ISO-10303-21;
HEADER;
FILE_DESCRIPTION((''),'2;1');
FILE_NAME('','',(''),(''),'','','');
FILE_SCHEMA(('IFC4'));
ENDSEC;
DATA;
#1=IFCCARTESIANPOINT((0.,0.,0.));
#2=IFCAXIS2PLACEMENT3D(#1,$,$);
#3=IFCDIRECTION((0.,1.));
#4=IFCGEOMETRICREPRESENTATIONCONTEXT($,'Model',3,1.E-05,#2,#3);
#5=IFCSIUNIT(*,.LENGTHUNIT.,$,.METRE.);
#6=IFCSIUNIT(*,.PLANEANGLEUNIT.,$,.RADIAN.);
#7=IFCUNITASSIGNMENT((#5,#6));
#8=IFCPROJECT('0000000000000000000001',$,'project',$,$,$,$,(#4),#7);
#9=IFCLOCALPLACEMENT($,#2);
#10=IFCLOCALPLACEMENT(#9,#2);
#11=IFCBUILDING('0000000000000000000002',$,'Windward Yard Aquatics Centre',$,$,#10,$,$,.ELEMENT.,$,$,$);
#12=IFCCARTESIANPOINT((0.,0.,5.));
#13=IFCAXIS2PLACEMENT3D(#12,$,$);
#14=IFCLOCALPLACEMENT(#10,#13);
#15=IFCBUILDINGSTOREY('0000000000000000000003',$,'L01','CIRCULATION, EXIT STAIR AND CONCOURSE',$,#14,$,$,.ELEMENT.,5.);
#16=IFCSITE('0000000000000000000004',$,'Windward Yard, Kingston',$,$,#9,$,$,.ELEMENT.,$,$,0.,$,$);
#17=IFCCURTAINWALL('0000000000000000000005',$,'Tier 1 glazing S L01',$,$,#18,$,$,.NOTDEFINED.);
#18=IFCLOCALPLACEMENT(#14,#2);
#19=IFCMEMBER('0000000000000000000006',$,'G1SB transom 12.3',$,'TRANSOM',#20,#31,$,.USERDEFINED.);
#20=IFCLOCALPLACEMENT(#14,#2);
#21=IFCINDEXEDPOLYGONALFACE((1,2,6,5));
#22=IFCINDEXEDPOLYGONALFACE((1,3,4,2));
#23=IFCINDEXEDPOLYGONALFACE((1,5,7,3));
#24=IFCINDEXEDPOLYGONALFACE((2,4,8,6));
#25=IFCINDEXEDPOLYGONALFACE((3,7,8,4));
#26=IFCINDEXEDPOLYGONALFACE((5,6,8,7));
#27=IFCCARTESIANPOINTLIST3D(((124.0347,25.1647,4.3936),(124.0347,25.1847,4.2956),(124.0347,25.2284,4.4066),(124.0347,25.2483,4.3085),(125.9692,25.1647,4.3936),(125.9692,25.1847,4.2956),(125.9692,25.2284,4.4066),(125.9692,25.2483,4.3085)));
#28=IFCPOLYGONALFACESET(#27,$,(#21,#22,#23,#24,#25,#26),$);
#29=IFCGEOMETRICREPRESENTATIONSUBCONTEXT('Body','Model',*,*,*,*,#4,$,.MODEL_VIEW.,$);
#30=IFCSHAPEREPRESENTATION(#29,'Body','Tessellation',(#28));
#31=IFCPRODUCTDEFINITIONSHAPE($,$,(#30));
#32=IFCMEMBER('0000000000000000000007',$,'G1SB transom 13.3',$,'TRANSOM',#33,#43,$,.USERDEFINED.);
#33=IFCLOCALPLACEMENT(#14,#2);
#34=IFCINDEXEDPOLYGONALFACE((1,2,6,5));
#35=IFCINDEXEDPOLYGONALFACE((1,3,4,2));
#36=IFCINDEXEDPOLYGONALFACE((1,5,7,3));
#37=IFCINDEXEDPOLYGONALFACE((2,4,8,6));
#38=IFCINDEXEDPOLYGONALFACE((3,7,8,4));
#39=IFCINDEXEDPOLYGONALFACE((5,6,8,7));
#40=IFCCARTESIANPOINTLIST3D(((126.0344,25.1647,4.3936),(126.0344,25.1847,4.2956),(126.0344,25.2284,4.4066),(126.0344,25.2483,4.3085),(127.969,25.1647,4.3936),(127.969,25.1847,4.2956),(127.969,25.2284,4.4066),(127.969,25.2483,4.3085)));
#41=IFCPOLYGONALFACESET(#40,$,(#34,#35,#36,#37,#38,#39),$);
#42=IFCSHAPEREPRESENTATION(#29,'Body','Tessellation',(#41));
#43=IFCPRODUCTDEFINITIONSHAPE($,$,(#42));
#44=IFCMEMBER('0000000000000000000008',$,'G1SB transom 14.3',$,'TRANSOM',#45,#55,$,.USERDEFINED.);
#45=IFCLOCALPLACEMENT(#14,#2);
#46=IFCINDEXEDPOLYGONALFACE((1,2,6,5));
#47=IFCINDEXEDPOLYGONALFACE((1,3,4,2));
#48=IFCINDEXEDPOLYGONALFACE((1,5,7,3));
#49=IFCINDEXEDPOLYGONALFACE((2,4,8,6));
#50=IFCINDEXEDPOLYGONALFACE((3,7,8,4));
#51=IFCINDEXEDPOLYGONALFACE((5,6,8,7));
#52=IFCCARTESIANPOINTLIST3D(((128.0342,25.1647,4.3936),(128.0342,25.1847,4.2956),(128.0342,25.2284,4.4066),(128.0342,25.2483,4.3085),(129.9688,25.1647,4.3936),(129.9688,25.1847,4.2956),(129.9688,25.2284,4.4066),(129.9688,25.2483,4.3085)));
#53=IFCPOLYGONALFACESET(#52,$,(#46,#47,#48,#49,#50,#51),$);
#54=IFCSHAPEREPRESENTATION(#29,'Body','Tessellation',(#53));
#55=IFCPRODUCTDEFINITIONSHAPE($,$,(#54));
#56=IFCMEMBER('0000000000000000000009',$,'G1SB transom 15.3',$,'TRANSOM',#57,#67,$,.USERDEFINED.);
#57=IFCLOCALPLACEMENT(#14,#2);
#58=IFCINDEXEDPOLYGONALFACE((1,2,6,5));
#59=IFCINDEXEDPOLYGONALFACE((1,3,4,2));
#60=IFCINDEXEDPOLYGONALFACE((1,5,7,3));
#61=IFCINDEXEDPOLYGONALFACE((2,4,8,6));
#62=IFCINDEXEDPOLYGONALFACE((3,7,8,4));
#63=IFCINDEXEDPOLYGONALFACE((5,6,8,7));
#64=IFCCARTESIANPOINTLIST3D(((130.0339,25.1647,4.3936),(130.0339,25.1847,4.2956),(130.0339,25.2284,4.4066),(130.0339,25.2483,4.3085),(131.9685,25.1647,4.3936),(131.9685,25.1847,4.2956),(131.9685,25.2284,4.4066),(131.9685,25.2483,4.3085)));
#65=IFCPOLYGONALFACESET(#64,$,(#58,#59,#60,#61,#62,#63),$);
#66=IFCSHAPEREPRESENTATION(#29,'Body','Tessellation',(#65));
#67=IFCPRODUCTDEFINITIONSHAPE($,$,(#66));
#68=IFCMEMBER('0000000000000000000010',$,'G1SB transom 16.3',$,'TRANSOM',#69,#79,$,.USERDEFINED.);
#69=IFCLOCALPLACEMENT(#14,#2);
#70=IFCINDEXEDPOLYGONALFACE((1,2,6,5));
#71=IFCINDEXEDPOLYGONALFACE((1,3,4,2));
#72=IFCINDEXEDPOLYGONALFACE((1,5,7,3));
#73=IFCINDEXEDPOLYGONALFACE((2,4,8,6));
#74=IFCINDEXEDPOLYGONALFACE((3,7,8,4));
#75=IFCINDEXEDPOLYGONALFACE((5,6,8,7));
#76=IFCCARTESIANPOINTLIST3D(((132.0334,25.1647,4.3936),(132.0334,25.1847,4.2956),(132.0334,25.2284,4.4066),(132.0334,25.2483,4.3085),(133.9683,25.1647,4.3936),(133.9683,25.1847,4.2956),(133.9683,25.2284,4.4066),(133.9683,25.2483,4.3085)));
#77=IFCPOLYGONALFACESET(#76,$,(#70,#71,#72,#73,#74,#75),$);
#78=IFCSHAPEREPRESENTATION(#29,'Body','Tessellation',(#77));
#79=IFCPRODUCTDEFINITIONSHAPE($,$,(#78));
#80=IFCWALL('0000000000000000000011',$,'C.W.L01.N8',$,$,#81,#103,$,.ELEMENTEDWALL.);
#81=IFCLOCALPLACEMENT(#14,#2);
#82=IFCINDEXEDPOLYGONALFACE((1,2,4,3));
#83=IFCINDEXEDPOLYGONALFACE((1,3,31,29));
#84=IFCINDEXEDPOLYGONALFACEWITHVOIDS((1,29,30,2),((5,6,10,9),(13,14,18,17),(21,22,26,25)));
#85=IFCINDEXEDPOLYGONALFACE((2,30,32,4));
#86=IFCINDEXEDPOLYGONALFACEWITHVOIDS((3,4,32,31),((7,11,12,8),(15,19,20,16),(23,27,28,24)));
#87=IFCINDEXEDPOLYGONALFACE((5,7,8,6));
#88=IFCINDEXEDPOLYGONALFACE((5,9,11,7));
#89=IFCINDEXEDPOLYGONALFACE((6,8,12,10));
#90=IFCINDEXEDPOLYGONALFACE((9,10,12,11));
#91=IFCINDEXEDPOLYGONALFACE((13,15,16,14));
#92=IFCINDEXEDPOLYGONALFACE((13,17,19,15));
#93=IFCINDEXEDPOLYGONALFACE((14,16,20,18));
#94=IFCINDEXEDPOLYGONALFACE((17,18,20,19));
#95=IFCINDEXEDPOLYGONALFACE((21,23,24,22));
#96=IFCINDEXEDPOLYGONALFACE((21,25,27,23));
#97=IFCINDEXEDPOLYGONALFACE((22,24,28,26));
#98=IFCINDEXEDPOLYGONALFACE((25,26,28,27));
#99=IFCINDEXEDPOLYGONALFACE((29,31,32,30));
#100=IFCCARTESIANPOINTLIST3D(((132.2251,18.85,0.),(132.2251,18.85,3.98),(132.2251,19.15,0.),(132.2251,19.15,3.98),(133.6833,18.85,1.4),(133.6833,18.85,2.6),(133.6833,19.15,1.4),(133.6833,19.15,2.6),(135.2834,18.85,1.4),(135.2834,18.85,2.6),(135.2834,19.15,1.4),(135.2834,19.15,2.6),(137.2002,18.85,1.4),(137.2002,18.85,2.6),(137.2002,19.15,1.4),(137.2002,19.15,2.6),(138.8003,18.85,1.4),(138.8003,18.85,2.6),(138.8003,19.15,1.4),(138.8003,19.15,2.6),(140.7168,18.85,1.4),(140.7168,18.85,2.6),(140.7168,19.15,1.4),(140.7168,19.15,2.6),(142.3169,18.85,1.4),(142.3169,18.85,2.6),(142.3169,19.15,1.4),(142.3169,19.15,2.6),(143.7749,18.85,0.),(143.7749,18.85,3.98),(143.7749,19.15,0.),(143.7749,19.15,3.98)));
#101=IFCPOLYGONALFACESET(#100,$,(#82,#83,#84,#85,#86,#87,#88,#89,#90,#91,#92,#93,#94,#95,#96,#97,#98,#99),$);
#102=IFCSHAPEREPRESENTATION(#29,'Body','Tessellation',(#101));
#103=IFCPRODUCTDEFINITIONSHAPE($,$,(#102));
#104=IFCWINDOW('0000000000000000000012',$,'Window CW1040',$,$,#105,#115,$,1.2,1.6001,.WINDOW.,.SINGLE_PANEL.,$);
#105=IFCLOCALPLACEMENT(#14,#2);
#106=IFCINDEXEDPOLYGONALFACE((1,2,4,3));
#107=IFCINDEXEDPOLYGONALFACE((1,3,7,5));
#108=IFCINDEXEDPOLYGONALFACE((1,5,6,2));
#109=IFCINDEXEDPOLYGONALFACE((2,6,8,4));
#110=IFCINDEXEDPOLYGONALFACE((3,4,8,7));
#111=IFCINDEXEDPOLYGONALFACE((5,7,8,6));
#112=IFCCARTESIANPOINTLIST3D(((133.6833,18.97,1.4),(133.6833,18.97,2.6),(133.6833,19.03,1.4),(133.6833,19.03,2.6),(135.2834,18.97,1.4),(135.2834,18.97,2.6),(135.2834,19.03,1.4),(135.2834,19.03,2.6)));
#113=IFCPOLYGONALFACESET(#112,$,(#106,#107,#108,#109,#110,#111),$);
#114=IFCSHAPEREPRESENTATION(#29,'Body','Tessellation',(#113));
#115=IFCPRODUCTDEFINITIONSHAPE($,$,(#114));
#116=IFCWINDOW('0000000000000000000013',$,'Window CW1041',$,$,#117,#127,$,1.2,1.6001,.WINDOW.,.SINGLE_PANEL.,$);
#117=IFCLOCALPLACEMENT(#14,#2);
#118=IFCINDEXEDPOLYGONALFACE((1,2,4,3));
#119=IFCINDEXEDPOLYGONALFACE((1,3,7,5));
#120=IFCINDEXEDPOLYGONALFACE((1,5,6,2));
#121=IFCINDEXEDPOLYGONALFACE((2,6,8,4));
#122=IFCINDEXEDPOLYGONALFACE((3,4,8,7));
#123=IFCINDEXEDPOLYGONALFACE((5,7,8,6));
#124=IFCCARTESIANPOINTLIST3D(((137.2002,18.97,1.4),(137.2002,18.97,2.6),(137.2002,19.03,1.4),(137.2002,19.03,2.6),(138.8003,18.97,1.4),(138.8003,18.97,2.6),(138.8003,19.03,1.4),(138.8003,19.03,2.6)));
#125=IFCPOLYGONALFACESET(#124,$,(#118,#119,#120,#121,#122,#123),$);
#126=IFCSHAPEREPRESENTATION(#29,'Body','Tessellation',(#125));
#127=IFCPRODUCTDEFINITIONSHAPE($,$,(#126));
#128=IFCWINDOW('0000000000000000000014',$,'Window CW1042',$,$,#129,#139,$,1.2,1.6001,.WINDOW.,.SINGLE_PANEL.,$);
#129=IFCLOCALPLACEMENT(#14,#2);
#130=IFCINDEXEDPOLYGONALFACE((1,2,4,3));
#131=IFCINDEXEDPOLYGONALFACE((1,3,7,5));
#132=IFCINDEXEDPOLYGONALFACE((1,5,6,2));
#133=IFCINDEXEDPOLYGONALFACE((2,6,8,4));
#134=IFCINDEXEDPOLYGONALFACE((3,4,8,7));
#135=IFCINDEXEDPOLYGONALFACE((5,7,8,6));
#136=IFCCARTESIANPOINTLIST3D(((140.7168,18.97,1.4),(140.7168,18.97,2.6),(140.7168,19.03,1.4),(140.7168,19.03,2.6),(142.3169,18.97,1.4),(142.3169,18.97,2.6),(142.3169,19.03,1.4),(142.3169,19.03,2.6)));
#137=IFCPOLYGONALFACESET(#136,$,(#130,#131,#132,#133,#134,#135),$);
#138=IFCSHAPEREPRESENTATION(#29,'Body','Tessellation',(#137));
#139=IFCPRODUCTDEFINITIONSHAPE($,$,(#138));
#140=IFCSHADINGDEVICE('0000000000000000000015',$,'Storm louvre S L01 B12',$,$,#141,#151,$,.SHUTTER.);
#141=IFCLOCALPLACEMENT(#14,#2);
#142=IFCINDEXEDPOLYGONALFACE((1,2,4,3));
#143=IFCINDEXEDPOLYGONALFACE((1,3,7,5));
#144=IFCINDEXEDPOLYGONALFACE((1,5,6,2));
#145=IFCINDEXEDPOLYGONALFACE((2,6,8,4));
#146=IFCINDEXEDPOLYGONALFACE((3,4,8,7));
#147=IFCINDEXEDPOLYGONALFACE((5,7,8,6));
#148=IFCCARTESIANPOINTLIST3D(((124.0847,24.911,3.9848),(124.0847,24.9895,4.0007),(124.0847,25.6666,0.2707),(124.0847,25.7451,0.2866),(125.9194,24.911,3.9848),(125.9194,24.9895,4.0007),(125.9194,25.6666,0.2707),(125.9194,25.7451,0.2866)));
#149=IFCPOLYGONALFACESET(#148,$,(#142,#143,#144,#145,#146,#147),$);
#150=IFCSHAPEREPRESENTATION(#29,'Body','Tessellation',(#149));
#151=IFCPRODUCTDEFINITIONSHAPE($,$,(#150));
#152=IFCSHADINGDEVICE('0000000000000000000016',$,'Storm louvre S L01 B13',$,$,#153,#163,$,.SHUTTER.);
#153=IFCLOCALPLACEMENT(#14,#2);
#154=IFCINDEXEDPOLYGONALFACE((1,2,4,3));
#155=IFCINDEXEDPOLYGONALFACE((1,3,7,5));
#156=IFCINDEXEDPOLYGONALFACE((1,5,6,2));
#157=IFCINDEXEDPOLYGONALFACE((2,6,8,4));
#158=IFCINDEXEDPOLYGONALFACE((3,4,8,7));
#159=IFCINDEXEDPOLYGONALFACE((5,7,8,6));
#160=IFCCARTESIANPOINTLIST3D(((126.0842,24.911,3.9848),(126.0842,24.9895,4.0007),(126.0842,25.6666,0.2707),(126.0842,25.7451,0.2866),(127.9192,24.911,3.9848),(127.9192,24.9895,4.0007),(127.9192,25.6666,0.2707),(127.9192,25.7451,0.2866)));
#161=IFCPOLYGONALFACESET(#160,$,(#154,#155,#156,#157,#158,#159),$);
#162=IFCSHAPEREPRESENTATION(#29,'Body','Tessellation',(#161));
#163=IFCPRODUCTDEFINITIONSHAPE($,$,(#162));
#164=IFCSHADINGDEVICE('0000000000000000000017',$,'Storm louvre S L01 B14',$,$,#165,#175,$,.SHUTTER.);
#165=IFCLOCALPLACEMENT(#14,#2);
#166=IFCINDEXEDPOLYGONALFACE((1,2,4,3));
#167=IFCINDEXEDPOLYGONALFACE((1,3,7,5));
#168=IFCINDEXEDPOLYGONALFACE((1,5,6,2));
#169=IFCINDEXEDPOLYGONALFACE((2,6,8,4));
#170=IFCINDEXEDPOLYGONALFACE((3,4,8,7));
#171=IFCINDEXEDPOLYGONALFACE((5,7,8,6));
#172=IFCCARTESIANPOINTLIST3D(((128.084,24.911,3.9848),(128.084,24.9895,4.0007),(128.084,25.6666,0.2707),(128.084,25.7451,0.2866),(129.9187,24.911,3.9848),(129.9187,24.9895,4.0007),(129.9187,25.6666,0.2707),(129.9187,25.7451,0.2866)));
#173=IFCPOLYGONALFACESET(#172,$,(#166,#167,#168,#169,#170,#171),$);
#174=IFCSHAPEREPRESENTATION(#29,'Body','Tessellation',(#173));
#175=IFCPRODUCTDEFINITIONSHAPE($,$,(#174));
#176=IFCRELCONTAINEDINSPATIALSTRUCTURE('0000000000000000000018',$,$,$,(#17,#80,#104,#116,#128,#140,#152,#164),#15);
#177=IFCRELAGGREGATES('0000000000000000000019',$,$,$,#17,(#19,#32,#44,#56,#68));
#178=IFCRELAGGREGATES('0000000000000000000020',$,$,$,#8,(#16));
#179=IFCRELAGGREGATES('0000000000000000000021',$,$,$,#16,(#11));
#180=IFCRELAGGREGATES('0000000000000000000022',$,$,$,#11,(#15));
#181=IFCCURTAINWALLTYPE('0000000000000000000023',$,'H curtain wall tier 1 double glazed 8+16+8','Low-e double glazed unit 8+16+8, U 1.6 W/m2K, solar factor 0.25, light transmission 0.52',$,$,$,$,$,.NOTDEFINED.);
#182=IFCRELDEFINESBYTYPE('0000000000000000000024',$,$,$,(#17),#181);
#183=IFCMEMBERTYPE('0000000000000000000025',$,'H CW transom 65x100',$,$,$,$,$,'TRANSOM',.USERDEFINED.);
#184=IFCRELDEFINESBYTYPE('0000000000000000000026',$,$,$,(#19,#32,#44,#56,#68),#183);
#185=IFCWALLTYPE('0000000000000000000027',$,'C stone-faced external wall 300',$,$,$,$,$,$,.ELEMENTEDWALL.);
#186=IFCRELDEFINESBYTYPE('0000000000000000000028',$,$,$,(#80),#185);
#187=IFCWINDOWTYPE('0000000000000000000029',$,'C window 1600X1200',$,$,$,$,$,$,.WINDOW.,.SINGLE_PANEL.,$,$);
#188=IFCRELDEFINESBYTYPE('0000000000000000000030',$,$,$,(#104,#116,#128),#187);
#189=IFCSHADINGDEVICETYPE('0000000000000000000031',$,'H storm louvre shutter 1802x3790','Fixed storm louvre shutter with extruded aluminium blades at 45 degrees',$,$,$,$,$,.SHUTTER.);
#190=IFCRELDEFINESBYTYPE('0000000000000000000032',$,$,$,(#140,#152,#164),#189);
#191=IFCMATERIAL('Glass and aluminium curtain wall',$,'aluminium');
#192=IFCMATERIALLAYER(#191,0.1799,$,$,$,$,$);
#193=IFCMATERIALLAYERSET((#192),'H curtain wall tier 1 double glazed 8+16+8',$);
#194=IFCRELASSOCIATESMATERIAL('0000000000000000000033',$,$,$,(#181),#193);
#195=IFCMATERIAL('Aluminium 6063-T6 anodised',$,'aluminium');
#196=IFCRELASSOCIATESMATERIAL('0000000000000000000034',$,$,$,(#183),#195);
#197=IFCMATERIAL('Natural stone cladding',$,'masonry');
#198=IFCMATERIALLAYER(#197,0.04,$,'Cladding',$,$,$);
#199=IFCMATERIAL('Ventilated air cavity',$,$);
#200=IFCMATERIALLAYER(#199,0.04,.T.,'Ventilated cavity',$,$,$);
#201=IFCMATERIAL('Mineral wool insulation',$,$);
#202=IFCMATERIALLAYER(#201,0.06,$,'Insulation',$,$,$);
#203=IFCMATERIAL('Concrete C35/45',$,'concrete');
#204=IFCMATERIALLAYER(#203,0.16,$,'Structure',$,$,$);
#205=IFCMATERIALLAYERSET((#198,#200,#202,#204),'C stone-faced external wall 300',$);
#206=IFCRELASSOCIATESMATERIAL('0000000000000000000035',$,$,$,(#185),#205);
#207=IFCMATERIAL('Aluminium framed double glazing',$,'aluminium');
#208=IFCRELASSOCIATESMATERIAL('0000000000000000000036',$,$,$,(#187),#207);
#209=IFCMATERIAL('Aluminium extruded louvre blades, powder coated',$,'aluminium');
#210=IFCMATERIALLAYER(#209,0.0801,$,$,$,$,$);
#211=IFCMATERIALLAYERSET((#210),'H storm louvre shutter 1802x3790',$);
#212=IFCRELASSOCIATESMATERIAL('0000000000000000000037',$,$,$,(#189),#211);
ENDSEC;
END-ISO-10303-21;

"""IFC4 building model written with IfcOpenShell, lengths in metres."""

from ifc_helpers import new_model, si_unit, direction, frame, frame_2d, origin, origin_2d, place, context, subcontext, project, spatial, polyline, rectangle, outline, extrude, material, layer, layer_set, material_profile, profile_set, type_object, element, fill, aggregate, save


model = new_model("IFC4")

# Units and contexts
model_context = context("Model", 3, precision=1e-05, world=origin(), true_north=direction((0.0, 1.0)))
body_context = subcontext(model_context, "Body", "Model", "MODEL_VIEW")
ifc_project = project(units=[si_unit("LENGTHUNIT", "METRE"), si_unit("PLANEANGLEUNIT", "RADIAN")], contexts=[model_context])

# Site, building, storey
site_placement = place(None, origin())
site = spatial("IfcSite", under=ifc_project, at=site_placement, Name="Windward Yard, Kingston", CompositionType="ELEMENT", RefElevation=0.0)
building_placement = place(site_placement, origin())
building = spatial("IfcBuilding", under=site, at=building_placement, Name="Windward Yard Aquatics Centre", CompositionType="ELEMENT")
storey_placement = place(building_placement, frame((0.0, 0.0, 5.0)))
storey = spatial("IfcBuildingStorey", under=building, at=storey_placement, Name="L01", Description="CIRCULATION, EXIT STAIR AND CONCOURSE", CompositionType="ELEMENT", Elevation=5.0)

# Curtain wall, members
ifc_material_1 = material(Name="Glass and aluminium curtain wall", Category="aluminium")
ifc_layer_1 = layer(ifc_material_1, 0.1799)
ifc_layer_set_1 = layer_set([ifc_layer_1], Name="H curtain wall tier 1 double glazed 8+16+8")
curtain_wall_type = type_object("IfcCurtainWallType", Name="H curtain wall tier 1 double glazed 8+16+8", Description="Low-e double glazed unit 8+16+8, U 1.6 W/m2K, solar factor 0.25, light transmission 0.52", PredefinedType="NOTDEFINED", material=ifc_layer_set_1)
curtain_wall_placement = place(storey_placement, origin())
curtain_wall = element("IfcCurtainWall", 1, at=curtain_wall_placement, inside=storey, type_object=curtain_wall_type, Name="Tier 1 glazing S L01", PredefinedType="NOTDEFINED")
ifc_material_2 = material(Name="Aluminium 6063-T6 anodised", Category="aluminium")
ifc_material_profile = material_profile(ifc_material_2, rectangle(XDim=0.0649, YDim=0.1001, at=origin_2d()), Name="H CW transom 65x100")
ifc_profile_set = profile_set([ifc_material_profile], Name="Aluminium 6063-T6 anodised")
member_type = type_object("IfcMemberType", Name="H CW transom 65x100", ElementType="TRANSOM", PredefinedType="USERDEFINED", material=ifc_profile_set)
member_1_placement = place(storey_placement, frame((124.0347, 25.2065, 4.3511), z_axis=(1.0, 0.0, 0.0), x_axis=(0.0, 0.979925, 0.199368)))
member_1 = element("IfcMember", 2, at=member_1_placement, type_object=member_type, Name="G1SB transom 12.3", ObjectType="TRANSOM", PredefinedType="USERDEFINED", context=body_context, shape_type="SweptSolid", body=[
    extrude(rectangle(XDim=0.0649, YDim=0.1001, at=origin_2d()), origin(), (0.0, 0.0, 1.0), 1.9346),
])
member_2_placement = place(storey_placement, frame((126.0344, 25.2065, 4.3511), z_axis=(1.0, 0.0, 0.0), x_axis=(0.0, 0.979925, 0.199368)))
member_2 = element("IfcMember", 3, at=member_2_placement, type_object=member_type, Name="G1SB transom 13.3", ObjectType="TRANSOM", PredefinedType="USERDEFINED", context=body_context, shape_type="SweptSolid", body=[
    extrude(rectangle(XDim=0.0649, YDim=0.1001, at=origin_2d()), origin(), (0.0, 0.0, 1.0), 1.9346),
])
member_3_placement = place(storey_placement, frame((128.0342, 25.2065, 4.3511), z_axis=(1.0, 0.0, 0.0), x_axis=(0.0, 0.979925, 0.199368)))
member_3 = element("IfcMember", 4, at=member_3_placement, type_object=member_type, Name="G1SB transom 14.3", ObjectType="TRANSOM", PredefinedType="USERDEFINED", context=body_context, shape_type="SweptSolid", body=[
    extrude(rectangle(XDim=0.0649, YDim=0.1001, at=origin_2d()), origin(), (0.0, 0.0, 1.0), 1.9346),
])
member_4_placement = place(storey_placement, frame((130.0339, 25.2065, 4.3511), z_axis=(1.0, 0.0, 0.0), x_axis=(0.0, 0.979925, 0.199368)))
member_4 = element("IfcMember", 5, at=member_4_placement, type_object=member_type, Name="G1SB transom 15.3", ObjectType="TRANSOM", PredefinedType="USERDEFINED", context=body_context, shape_type="SweptSolid", body=[
    extrude(rectangle(XDim=0.0649, YDim=0.1001, at=origin_2d()), origin(), (0.0, 0.0, 1.0), 1.9346),
])
member_5_placement = place(storey_placement, frame((132.0334, 25.2065, 4.3511), z_axis=(1.0, 0.0, 0.0), x_axis=(0.0, 0.979925, 0.199368)))
member_5 = element("IfcMember", 6, at=member_5_placement, type_object=member_type, Name="G1SB transom 16.3", ObjectType="TRANSOM", PredefinedType="USERDEFINED", context=body_context, shape_type="SweptSolid", body=[
    extrude(rectangle(XDim=0.0649, YDim=0.1001, at=origin_2d()), origin(), (0.0, 0.0, 1.0), 1.9348),
])
aggregate(curtain_wall, [member_1, member_2, member_3, member_4, member_5])

# Wall, openings, windows
ifc_material_3 = material(Name="Natural stone cladding", Category="masonry")
ifc_layer_2 = layer(ifc_material_3, 0.04, Name="Cladding")
ifc_material_4 = material(Name="Ventilated air cavity")
ifc_layer_3 = layer(ifc_material_4, 0.04, ventilated=True, Name="Ventilated cavity")
ifc_material_5 = material(Name="Mineral wool insulation")
ifc_layer_4 = layer(ifc_material_5, 0.06, Name="Insulation")
ifc_material_6 = material(Name="Concrete C35/45", Category="concrete")
ifc_layer_5 = layer(ifc_material_6, 0.16, Name="Structure")
ifc_layer_set_2 = layer_set([ifc_layer_2, ifc_layer_3, ifc_layer_4, ifc_layer_5], Name="C stone-faced external wall 300")
wall_type = type_object("IfcWallType", Name="C stone-faced external wall 300", PredefinedType="ELEMENTEDWALL", material=ifc_layer_set_2)
wall_placement = place(storey_placement, frame((132.2251, 19.0, 0.0), z_axis=(0.0, 0.0, 1.0), x_axis=(1.0, 0.0, 0.0)))
wall = element("IfcWall", 7, at=wall_placement, inside=storey, type_object=wall_type, Name="C.W.L01.N8", PredefinedType="ELEMENTEDWALL", context=body_context, shape_type="SweptSolid", body=[
    extrude(rectangle(XDim=11.5498, YDim=0.3, at=frame_2d((5.7749, 0.0))), origin(), (0.0, 0.0, 1.0), 3.98),
])
opening_1_placement = place(wall_placement, frame((1.4583, 0.0, 1.3999)))
opening_1 = element("IfcOpeningElement", 8, at=opening_1_placement, cuts=wall, PredefinedType="OPENING", context=body_context, shape_type="SweptSolid", body=[
    extrude(rectangle(XDim=1.6001, YDim=1.2, at=frame_2d((0.8, 0.6001))), frame((0.0, 0.1602, 0.0), z_axis=(0.0, -1.0, 0.0), x_axis=(1.0, 0.0, 0.0)), (0.0, 0.0, 1.0), 0.3201),
])
opening_2_placement = place(wall_placement, frame((4.9751, 0.0, 1.3999)))
opening_2 = element("IfcOpeningElement", 9, at=opening_2_placement, cuts=wall, PredefinedType="OPENING", context=body_context, shape_type="SweptSolid", body=[
    extrude(rectangle(XDim=1.6001, YDim=1.2, at=frame_2d((0.8, 0.6001))), frame((0.0, 0.1602, 0.0), z_axis=(0.0, -1.0, 0.0), x_axis=(1.0, 0.0, 0.0)), (0.0, 0.0, 1.0), 0.3201),
])
opening_3_placement = place(wall_placement, frame((8.4917, 0.0, 1.3999)))
opening_3 = element("IfcOpeningElement", 10, at=opening_3_placement, cuts=wall, PredefinedType="OPENING", context=body_context, shape_type="SweptSolid", body=[
    extrude(rectangle(XDim=1.6001, YDim=1.2, at=frame_2d((0.8, 0.6001))), frame((0.0, 0.1602, 0.0), z_axis=(0.0, -1.0, 0.0), x_axis=(1.0, 0.0, 0.0)), (0.0, 0.0, 1.0), 0.3201),
])
ifc_material_7 = material(Name="Aluminium framed double glazing", Category="aluminium")
window_type = type_object("IfcWindowType", Name="C window 1600X1200", PartitioningType="SINGLE_PANEL", PredefinedType="WINDOW", material=ifc_material_7)
window_1_placement = place(opening_1_placement, origin())
window_1 = element("IfcWindow", 11, at=window_1_placement, inside=storey, type_object=window_type, Name="Window CW1040", OverallHeight=1.2, OverallWidth=1.6001, PartitioningType="SINGLE_PANEL", PredefinedType="WINDOW", context=body_context, shape_type="SweptSolid", body=[
    extrude(rectangle(XDim=1.6001, YDim=1.2, at=frame_2d((0.8, 0.6001))), frame((0.0, 0.03, 0.0), z_axis=(0.0, -1.0, 0.0), x_axis=(1.0, 0.0, 0.0)), (0.0, 0.0, 1.0), 0.0601),
])
fill(opening_1, window_1)
window_2_placement = place(opening_2_placement, origin())
window_2 = element("IfcWindow", 12, at=window_2_placement, inside=storey, type_object=window_type, Name="Window CW1041", OverallHeight=1.2, OverallWidth=1.6001, PartitioningType="SINGLE_PANEL", PredefinedType="WINDOW", context=body_context, shape_type="SweptSolid", body=[
    extrude(rectangle(XDim=1.6001, YDim=1.2, at=frame_2d((0.8, 0.6001))), frame((0.0, 0.03, 0.0), z_axis=(0.0, -1.0, 0.0), x_axis=(1.0, 0.0, 0.0)), (0.0, 0.0, 1.0), 0.0601),
])
fill(opening_2, window_2)
window_3_placement = place(opening_3_placement, origin())
window_3 = element("IfcWindow", 13, at=window_3_placement, inside=storey, type_object=window_type, Name="Window CW1042", OverallHeight=1.2, OverallWidth=1.6001, PartitioningType="SINGLE_PANEL", PredefinedType="WINDOW", context=body_context, shape_type="SweptSolid", body=[
    extrude(rectangle(XDim=1.6001, YDim=1.2, at=frame_2d((0.8, 0.6001))), frame((0.0, 0.03, 0.0), z_axis=(0.0, -1.0, 0.0), x_axis=(1.0, 0.0, 0.0)), (0.0, 0.0, 1.0), 0.0601),
])
fill(opening_3, window_3)

# Shading devices
ifc_material_8 = material(Name="Aluminium extruded louvre blades, powder coated", Category="aluminium")
ifc_layer_6 = layer(ifc_material_8, 0.0801)
ifc_layer_set_3 = layer_set([ifc_layer_6], Name="H storm louvre shutter 1802x3790")
shading_device_type = type_object("IfcShadingDeviceType", Name="H storm louvre shutter 1802x3790", Description="Fixed storm louvre shutter with extruded aluminium blades at 45 degrees", PredefinedType="SHUTTER", material=ifc_layer_set_3)
shading_device_1_placement = place(storey_placement, frame((124.0847, 24.9895, 4.0007), z_axis=(0.0, 0.979926, 0.199361), x_axis=(0.0, 0.199361, -0.979926)))
element("IfcShadingDevice", 14, at=shading_device_1_placement, inside=storey, type_object=shading_device_type, Name="Storm louvre S L01 B12", PredefinedType="SHUTTER", context=body_context, shape_type="SweptSolid", body=[
    extrude(outline(polyline([(0.0, 0.0), (3.7902, 0.0), (3.7902, -1.8347), (0.0, -1.8347), (0.0, 0.0)])), origin(), (0.0, 0.0, -1.0), 0.0801),
])
shading_device_2_placement = place(storey_placement, frame((126.0842, 24.9895, 4.0007), z_axis=(0.0, 0.979926, 0.199361), x_axis=(0.0, 0.199361, -0.979926)))
element("IfcShadingDevice", 15, at=shading_device_2_placement, inside=storey, type_object=shading_device_type, Name="Storm louvre S L01 B13", PredefinedType="SHUTTER", context=body_context, shape_type="SweptSolid", body=[
    extrude(outline(polyline([(0.0, 0.0), (3.7902, 0.0), (3.7902, -1.835), (0.0, -1.835), (0.0, 0.0)])), origin(), (0.0, 0.0, -1.0), 0.0801),
])
for number, where, z_axis, x_axis, name in (
    (16, (128.084, 24.9895, 4.0007), (0.0, 0.979926, 0.199361), (0.0, 0.199361, -0.979926), "Storm louvre S L01 B14"),
):
    element("IfcShadingDevice", number, at=place(storey_placement, frame(where, z_axis=z_axis, x_axis=x_axis)), inside=storey, type_object=shading_device_type, Name=name, PredefinedType="SHUTTER", context=body_context, shape_type="SweptSolid", body=[
        extrude(outline(polyline([(0.0, 0.0), (3.7902, 0.0), (3.7902, -1.8347), (0.0, -1.8347), (0.0, 0.0)])), origin(), (0.0, 0.0, -1.0), 0.0801),
    ])

save(model, "model.ifc")
